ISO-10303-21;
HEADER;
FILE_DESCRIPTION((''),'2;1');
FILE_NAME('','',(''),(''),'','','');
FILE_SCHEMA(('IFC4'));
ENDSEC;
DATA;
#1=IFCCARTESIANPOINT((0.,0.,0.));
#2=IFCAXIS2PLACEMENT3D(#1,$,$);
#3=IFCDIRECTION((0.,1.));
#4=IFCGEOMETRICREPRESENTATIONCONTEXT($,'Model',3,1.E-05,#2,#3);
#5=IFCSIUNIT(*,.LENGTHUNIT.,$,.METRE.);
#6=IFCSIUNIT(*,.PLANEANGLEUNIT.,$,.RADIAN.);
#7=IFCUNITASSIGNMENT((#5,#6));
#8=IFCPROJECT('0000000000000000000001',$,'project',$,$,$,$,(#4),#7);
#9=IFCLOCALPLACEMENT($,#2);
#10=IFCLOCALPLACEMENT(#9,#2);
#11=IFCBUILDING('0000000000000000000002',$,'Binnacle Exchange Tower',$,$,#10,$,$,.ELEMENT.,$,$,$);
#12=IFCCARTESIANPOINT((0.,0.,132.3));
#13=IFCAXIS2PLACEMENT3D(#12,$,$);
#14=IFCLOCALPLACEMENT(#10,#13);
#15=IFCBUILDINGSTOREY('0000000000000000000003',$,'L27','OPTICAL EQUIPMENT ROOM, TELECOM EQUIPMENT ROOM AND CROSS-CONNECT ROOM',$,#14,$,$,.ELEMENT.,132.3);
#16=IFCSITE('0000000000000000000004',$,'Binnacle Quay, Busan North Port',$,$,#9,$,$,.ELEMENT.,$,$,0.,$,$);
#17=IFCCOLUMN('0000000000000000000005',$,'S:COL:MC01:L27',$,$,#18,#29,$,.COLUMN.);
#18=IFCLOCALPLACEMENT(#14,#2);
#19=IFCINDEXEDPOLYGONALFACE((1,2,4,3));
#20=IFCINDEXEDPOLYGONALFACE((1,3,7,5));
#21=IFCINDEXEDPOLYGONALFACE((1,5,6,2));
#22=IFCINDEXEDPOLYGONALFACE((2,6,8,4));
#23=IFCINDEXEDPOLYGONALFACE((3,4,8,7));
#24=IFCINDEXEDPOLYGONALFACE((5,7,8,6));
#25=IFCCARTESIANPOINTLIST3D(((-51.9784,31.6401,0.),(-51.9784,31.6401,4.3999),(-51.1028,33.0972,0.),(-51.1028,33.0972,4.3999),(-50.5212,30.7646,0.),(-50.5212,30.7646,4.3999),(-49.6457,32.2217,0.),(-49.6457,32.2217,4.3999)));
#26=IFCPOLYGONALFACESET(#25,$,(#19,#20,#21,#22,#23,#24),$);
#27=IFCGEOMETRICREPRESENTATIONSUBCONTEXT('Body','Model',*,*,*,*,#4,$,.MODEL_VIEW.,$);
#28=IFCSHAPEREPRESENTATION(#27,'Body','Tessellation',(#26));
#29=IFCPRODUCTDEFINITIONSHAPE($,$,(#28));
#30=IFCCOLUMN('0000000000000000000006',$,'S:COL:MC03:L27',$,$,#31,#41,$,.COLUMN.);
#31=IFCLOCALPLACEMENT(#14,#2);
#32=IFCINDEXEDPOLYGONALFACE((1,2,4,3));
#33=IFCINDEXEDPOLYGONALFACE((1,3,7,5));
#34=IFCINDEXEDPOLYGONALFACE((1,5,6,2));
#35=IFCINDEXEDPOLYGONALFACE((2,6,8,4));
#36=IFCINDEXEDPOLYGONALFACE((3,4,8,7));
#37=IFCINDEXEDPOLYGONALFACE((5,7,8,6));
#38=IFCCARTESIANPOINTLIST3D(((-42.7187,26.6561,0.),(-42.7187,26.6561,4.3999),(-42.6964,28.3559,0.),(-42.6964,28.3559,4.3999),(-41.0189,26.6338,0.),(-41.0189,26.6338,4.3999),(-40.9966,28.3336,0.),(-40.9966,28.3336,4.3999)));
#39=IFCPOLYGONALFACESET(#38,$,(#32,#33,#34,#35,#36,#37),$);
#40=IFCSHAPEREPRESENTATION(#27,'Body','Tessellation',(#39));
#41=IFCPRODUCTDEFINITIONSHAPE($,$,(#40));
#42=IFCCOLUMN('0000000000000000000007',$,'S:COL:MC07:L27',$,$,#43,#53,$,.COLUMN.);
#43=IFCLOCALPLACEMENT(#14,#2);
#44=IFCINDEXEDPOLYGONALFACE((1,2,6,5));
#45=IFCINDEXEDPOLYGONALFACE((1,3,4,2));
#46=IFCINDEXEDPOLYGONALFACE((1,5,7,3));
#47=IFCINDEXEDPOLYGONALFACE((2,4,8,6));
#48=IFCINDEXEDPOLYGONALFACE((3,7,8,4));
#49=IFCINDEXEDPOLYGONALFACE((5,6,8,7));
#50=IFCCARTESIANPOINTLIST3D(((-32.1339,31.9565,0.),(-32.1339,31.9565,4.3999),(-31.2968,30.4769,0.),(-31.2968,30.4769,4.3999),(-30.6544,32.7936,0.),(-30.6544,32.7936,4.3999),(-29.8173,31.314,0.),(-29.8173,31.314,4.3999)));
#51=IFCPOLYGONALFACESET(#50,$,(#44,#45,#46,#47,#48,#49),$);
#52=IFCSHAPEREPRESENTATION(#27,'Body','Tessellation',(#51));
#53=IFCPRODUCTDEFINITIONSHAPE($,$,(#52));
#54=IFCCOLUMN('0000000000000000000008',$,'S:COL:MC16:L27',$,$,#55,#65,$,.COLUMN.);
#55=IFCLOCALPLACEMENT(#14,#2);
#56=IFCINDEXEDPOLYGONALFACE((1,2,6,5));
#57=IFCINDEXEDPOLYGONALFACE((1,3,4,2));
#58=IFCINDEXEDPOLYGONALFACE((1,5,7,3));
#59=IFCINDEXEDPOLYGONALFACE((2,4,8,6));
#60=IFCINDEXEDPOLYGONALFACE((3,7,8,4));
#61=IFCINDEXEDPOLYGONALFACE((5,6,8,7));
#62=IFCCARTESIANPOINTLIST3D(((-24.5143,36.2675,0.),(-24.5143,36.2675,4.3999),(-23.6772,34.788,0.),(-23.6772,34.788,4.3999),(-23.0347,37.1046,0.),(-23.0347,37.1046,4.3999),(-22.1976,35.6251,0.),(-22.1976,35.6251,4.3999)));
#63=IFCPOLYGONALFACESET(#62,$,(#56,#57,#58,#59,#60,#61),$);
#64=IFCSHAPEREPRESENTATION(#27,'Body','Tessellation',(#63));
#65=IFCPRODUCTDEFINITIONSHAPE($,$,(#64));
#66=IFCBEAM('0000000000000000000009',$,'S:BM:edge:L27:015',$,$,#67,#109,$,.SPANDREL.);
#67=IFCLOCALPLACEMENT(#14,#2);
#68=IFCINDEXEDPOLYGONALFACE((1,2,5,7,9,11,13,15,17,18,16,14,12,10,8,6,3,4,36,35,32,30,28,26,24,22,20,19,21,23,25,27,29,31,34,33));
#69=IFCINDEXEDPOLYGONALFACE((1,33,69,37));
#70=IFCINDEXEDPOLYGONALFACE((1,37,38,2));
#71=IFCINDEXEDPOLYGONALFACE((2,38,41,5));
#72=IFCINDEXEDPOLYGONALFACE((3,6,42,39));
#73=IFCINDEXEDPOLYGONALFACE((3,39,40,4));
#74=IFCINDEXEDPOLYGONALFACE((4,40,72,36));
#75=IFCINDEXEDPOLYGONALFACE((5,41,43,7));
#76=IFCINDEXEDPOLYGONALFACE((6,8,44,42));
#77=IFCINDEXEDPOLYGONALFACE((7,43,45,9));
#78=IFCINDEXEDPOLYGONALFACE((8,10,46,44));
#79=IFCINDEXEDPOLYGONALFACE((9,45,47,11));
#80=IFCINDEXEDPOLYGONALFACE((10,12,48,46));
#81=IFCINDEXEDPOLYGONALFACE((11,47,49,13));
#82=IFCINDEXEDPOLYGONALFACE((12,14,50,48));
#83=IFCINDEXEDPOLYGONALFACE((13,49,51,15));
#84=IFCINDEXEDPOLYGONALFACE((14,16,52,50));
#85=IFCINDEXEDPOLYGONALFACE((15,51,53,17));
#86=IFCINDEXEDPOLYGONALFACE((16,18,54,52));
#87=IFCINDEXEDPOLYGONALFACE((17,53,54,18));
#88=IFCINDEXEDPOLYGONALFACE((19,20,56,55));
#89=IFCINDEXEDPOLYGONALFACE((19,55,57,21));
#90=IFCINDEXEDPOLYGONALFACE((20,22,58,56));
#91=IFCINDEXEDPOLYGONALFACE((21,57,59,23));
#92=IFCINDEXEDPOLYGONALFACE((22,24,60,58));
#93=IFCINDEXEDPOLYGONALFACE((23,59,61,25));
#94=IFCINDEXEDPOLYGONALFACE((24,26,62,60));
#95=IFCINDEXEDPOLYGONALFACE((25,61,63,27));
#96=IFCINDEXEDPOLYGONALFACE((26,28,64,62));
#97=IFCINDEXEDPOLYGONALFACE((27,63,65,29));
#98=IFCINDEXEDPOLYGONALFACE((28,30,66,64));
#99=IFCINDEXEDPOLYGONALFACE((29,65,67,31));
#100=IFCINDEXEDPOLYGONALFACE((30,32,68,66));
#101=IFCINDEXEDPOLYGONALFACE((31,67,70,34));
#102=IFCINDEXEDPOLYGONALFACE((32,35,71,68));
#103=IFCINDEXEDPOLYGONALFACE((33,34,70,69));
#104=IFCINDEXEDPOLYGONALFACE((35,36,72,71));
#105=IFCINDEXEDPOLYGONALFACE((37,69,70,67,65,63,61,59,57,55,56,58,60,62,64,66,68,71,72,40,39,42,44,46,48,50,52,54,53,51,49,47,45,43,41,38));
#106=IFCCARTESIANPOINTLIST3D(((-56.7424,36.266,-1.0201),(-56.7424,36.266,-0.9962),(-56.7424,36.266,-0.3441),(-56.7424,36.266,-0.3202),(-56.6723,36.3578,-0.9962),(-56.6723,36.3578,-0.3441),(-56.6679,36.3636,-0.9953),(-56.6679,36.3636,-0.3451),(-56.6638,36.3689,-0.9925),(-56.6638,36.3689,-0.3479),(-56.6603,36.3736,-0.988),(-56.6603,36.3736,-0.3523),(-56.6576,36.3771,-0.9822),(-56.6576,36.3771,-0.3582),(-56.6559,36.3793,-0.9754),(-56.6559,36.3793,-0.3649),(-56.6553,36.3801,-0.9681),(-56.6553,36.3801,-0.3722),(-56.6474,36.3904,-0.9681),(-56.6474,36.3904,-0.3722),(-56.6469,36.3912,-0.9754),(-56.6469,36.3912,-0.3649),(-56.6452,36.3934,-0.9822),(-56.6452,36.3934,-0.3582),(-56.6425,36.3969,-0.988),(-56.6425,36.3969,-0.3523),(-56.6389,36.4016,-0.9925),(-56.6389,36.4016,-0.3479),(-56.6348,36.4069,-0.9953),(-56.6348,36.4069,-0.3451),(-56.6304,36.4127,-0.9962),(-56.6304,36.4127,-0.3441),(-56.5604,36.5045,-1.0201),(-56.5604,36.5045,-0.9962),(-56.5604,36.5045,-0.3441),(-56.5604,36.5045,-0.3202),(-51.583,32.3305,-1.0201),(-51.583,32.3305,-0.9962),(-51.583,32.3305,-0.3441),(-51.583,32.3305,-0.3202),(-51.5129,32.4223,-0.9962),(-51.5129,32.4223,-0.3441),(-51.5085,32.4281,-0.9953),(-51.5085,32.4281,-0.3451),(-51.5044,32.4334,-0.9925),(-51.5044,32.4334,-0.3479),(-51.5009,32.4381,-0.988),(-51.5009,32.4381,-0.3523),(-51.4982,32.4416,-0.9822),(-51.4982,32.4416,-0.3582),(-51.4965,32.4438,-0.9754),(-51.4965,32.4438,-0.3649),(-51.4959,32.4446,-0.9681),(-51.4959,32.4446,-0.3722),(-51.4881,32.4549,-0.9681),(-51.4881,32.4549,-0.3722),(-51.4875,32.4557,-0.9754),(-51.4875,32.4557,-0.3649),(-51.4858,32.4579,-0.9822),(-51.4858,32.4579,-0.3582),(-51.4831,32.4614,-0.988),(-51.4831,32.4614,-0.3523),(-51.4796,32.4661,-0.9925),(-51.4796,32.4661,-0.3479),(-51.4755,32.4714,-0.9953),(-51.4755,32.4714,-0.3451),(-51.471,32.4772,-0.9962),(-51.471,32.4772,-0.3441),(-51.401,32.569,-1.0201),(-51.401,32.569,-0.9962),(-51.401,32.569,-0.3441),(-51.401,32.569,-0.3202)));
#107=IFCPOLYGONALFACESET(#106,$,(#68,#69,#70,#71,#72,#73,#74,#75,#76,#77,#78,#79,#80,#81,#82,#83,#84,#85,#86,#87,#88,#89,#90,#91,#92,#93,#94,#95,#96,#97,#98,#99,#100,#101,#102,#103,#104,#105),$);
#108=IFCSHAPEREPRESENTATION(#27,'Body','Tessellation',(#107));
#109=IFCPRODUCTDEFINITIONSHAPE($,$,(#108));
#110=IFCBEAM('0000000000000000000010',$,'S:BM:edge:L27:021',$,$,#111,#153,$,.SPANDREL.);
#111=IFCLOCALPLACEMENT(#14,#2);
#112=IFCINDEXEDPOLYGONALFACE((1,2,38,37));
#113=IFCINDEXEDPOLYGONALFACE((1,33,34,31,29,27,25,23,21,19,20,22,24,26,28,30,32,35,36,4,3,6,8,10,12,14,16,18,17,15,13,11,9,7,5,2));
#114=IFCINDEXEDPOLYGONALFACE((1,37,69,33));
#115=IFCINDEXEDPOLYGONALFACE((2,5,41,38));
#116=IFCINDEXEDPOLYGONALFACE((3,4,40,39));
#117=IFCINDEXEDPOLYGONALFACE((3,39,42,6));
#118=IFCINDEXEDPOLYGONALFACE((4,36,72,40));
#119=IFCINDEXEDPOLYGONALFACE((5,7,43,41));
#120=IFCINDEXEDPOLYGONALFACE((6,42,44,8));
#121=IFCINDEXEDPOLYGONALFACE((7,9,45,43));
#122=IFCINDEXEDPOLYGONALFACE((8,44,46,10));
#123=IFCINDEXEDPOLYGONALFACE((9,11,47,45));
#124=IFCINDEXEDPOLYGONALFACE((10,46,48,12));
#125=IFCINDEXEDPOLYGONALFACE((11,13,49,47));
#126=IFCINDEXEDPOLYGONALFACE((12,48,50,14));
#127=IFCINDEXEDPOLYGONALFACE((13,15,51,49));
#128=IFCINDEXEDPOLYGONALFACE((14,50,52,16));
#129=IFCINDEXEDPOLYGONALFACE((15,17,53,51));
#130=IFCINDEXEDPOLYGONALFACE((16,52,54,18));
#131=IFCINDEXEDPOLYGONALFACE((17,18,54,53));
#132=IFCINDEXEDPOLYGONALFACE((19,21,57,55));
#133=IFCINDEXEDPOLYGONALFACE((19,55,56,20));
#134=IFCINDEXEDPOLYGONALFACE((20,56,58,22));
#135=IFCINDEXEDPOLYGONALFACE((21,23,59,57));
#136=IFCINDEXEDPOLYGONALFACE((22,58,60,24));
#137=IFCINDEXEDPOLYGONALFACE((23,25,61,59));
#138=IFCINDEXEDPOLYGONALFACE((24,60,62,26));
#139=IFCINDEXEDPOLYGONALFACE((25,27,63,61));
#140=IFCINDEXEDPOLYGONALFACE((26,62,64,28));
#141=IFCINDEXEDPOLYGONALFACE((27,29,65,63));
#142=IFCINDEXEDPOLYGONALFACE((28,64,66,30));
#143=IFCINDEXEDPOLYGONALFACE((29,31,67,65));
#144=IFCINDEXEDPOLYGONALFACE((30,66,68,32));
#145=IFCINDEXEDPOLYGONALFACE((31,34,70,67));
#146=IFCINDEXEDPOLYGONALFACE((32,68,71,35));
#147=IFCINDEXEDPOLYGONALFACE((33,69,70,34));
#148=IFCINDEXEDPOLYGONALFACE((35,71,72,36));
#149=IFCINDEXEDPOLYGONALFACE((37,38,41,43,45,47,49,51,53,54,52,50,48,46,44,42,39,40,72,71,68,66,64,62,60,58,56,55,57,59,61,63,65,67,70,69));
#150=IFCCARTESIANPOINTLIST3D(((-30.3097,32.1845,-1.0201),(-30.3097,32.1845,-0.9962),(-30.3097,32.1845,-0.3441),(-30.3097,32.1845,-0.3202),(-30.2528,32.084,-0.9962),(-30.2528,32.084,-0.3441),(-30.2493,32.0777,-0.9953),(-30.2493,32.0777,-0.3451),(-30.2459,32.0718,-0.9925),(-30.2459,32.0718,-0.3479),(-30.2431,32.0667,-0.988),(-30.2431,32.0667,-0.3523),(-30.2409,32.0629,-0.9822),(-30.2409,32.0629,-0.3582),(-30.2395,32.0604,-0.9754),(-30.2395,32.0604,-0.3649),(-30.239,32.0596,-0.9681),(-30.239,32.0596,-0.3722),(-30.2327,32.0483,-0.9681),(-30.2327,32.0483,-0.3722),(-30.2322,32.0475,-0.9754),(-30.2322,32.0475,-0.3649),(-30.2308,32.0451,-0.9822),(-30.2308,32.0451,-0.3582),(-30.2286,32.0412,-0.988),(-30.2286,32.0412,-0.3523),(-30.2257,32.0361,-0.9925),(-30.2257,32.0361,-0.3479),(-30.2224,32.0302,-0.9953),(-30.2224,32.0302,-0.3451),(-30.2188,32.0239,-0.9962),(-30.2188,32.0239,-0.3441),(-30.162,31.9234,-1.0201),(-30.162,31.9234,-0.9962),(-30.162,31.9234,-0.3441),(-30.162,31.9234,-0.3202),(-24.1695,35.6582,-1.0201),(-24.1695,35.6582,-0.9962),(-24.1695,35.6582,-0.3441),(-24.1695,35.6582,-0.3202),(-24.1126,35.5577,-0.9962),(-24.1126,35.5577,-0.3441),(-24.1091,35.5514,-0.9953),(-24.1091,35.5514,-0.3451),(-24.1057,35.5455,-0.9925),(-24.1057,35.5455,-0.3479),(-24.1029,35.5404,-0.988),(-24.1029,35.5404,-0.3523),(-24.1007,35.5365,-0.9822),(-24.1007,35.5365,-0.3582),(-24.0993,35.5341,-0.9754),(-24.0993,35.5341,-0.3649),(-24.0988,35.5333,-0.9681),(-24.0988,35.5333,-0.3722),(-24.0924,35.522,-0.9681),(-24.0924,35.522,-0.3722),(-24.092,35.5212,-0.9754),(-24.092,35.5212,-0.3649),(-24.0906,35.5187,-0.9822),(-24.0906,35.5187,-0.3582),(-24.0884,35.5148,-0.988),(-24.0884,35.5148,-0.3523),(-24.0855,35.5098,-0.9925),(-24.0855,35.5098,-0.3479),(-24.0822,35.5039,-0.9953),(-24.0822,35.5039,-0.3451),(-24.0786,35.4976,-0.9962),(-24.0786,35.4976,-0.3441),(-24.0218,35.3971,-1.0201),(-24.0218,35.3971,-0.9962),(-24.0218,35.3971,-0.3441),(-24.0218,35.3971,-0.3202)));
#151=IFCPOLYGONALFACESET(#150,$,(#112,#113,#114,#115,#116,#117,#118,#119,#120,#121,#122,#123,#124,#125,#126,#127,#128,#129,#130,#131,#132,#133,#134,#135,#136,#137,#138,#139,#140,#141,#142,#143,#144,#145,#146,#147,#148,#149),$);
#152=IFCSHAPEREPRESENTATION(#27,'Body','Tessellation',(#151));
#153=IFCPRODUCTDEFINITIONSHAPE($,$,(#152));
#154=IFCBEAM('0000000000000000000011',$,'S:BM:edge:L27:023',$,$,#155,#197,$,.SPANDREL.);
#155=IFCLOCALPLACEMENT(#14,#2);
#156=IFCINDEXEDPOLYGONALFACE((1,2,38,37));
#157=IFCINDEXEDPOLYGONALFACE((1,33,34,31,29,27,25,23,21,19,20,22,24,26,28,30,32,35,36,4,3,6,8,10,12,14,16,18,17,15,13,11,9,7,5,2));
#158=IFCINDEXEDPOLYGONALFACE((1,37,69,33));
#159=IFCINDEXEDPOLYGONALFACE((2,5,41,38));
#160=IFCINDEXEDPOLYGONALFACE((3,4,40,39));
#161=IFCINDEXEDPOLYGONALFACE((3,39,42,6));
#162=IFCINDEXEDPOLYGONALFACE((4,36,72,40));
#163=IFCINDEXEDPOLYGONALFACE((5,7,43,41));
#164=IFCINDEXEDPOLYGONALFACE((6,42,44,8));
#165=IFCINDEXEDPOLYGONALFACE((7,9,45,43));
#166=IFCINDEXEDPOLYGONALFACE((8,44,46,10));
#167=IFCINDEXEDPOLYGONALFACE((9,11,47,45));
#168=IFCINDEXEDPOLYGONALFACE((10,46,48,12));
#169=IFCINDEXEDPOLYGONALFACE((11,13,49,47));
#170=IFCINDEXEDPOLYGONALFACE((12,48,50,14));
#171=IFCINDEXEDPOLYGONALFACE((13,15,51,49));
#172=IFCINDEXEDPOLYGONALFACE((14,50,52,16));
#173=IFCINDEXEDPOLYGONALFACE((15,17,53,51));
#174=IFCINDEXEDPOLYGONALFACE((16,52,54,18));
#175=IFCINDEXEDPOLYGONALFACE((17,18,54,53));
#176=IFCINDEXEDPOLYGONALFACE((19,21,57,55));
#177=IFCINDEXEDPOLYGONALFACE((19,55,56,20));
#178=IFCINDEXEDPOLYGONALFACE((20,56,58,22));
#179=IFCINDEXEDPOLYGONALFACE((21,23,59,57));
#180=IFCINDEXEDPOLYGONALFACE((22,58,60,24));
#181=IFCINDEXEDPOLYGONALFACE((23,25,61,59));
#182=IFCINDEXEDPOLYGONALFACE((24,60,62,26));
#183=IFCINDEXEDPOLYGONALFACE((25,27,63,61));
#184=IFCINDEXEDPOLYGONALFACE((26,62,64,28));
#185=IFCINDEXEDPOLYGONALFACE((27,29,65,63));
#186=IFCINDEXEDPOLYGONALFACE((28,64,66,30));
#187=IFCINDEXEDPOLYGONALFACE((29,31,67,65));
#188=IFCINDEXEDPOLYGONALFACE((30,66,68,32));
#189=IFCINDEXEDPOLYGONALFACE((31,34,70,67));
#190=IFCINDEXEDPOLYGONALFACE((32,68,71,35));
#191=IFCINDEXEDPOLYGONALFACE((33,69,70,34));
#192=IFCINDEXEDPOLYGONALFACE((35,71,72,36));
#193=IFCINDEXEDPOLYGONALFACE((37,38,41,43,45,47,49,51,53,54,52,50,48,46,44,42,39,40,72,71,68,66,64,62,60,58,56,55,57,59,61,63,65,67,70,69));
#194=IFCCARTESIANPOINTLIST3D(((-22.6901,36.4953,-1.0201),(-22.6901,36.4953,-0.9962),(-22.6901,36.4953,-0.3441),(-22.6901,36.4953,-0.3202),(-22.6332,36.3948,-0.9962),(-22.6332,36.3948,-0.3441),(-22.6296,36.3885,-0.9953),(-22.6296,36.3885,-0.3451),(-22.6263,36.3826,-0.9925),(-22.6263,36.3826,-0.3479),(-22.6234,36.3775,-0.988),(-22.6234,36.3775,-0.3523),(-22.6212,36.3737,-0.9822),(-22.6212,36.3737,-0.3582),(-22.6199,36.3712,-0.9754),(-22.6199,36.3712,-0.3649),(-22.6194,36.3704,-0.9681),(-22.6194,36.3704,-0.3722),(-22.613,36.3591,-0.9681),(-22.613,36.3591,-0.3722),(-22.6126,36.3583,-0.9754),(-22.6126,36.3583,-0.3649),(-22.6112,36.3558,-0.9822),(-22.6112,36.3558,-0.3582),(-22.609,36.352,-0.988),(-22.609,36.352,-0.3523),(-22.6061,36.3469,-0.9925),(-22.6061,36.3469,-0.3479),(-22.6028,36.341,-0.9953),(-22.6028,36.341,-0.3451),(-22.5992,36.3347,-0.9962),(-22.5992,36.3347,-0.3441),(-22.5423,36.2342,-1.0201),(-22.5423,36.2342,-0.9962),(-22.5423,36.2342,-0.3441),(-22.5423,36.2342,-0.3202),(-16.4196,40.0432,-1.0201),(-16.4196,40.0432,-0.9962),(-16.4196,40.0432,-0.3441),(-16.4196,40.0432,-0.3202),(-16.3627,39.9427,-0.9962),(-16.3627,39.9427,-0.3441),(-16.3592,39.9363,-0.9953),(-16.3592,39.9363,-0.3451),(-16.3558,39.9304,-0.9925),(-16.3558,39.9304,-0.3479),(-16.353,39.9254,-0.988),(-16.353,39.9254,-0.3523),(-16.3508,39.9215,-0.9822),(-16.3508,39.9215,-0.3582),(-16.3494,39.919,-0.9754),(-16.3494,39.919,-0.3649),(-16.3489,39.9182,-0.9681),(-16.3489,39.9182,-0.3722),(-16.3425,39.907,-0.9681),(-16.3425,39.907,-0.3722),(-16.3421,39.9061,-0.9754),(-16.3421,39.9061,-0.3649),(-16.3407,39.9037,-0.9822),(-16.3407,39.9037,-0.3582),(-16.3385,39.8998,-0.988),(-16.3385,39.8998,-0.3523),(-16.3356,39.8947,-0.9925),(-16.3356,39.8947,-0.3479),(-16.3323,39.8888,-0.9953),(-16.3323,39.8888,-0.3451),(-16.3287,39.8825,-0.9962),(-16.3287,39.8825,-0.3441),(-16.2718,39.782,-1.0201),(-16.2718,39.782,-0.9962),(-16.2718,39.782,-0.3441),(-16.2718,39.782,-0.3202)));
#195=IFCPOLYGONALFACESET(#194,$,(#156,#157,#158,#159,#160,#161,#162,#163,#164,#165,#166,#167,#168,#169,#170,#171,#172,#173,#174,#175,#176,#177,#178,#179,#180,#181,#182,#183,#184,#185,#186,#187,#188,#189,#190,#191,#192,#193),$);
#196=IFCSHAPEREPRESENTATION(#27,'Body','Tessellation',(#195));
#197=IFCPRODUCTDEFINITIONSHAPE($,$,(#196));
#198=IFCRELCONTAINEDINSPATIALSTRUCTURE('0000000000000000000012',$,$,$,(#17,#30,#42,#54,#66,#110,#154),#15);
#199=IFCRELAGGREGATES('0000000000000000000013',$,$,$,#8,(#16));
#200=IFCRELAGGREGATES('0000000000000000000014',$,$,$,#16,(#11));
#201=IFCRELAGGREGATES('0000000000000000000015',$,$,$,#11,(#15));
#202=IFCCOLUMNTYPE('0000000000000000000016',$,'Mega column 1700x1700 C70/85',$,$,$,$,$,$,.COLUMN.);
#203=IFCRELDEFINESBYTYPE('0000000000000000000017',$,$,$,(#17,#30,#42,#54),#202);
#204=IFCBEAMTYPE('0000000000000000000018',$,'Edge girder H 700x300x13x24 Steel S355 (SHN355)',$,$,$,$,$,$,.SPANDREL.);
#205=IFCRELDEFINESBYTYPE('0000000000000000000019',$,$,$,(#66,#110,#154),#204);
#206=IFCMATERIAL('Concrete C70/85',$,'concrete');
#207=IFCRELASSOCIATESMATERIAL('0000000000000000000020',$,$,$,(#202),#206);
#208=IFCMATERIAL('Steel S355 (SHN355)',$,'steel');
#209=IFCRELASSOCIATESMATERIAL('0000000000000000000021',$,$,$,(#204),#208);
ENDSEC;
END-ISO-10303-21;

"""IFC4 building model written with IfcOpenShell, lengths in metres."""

from ifc_helpers import new_model, si_unit, direction, frame, origin, origin_2d, place, context, subcontext, project, spatial, rectangle, i_section, extrude, material, material_profile, profile_set, type_object, element, save


model = new_model("IFC4")

# Units and contexts
model_context = context("Model", 3, precision=1e-05, world=origin(), true_north=direction((0.0, 1.0)))
body_context = subcontext(model_context, "Body", "Model", "MODEL_VIEW")
ifc_project = project(units=[si_unit("LENGTHUNIT", "METRE"), si_unit("PLANEANGLEUNIT", "RADIAN")], contexts=[model_context])

# Site, building, storey
site_placement = place(None, origin())
site = spatial("IfcSite", under=ifc_project, at=site_placement, Name="Binnacle Quay, Busan North Port", CompositionType="ELEMENT", RefElevation=0.0)
building_placement = place(site_placement, origin())
building = spatial("IfcBuilding", under=site, at=building_placement, Name="Binnacle Exchange Tower", CompositionType="ELEMENT")
storey_placement = place(building_placement, frame((0.0, 0.0, 132.3)))
storey = spatial("IfcBuildingStorey", under=building, at=storey_placement, Name="L27", Description="OPTICAL EQUIPMENT ROOM, TELECOM EQUIPMENT ROOM AND CROSS-CONNECT ROOM", CompositionType="ELEMENT", Elevation=132.3)

# Columns
ifc_material_1 = material(Name="Concrete C70/85", Category="concrete")
ifc_material_profile_1 = material_profile(ifc_material_1, rectangle(XDim=1.7, YDim=1.7, at=origin_2d()), Name="Mega column 1700x1700 C70/85")
ifc_profile_set_1 = profile_set([ifc_material_profile_1], Name="Concrete C70/85")
column_type = type_object("IfcColumnType", Name="Mega column 1700x1700 C70/85", PredefinedType="COLUMN", material=ifc_profile_set_1)
for number, where, z_axis, x_axis, name in (
    (1, (-50.812, 31.9309, 0.0), (0.0, 0.0, 1.0), (0.857167, -0.515038, 0.0), "S:COL:MC01:L27"),
    (2, (-41.8577, 27.4949, 0.0), (0.0, 0.0, 1.0), (0.999914, -0.01309, 0.0), "S:COL:MC03:L27"),
    (3, (-30.9756, 31.6353, 0.0), (0.0, 0.0, 1.0), (0.870356, 0.492424, 0.0), "S:COL:MC07:L27"),
    (4, (-23.356, 35.9463, 0.0), (0.0, 0.0, 1.0), (0.870356, 0.492424, 0.0), "S:COL:MC16:L27"),
):
    element("IfcColumn", number, at=place(storey_placement, frame(where, z_axis=z_axis, x_axis=x_axis)), inside=storey, type_object=column_type, Name=name, PredefinedType="COLUMN", context=body_context, shape_type="SweptSolid", body=[
        extrude(rectangle(XDim=1.7, YDim=1.7, at=origin_2d()), origin(), (0.0, 0.0, 1.0), 4.3999),
    ])

# Beams
ifc_material_2 = material(Name="Steel S355 (SHN355)", Category="steel")
ifc_material_profile_2 = material_profile(ifc_material_2, i_section(OverallWidth=0.3, OverallDepth=0.7, WebThickness=0.0129, FlangeThickness=0.0239, FilletRadius=0.0281, at=origin_2d()), Name="H 700x300x13x24")
ifc_profile_set_2 = profile_set([ifc_material_profile_2], Name="Steel S355 (SHN355)")
beam_type_1 = type_object("IfcBeamType", Name="Edge girder H 700x300x13x24 Steel S355 (SHN355)", PredefinedType="SPANDREL", material=ifc_profile_set_2)
beam_1_placement = place(storey_placement, frame((-56.6514, 36.3853, -0.6702), z_axis=(0.795093, -0.606487, 0.0), x_axis=(0.606487, 0.795093, 0.0)))
element("IfcBeam", 5, at=beam_1_placement, inside=storey, type_object=beam_type_1, Name="S:BM:edge:L27:015", PredefinedType="SPANDREL", context=body_context, shape_type="SweptSolid", body=[
    extrude(i_section(OverallWidth=0.3, OverallDepth=0.7, WebThickness=0.0129, FlangeThickness=0.0239, FilletRadius=0.0281, at=origin_2d()), origin(), (0.0, 0.0, 1.0), 6.489),
])
beam_2_placement = place(storey_placement, frame((-30.2358, 32.054, -0.6702), z_axis=(0.870373, 0.492392, 0.0), x_axis=(-0.492392, 0.870373, 0.0)))
element("IfcBeam", 6, at=beam_2_placement, inside=storey, type_object=beam_type_1, Name="S:BM:edge:L27:021", PredefinedType="SPANDREL", context=body_context, shape_type="SweptSolid", body=[
    extrude(i_section(OverallWidth=0.3, OverallDepth=0.7, WebThickness=0.0129, FlangeThickness=0.0239, FilletRadius=0.0281, at=origin_2d()), origin(), (0.0, 0.0, 1.0), 7.0547),
])
beam_3_placement = place(storey_placement, frame((-22.6162, 36.3647, -0.6702), z_axis=(0.870346, 0.492441, 0.0), x_axis=(-0.492441, 0.870346, 0.0)))
element("IfcBeam", 7, at=beam_3_placement, inside=storey, type_object=beam_type_1, Name="S:BM:edge:L27:023", PredefinedType="SPANDREL", context=body_context, shape_type="SweptSolid", body=[
    extrude(i_section(OverallWidth=0.3, OverallDepth=0.7, WebThickness=0.0129, FlangeThickness=0.0239, FilletRadius=0.0281, at=origin_2d()), origin(), (0.0, 0.0, 1.0), 7.2046),
])

save(model, "model.ifc")
